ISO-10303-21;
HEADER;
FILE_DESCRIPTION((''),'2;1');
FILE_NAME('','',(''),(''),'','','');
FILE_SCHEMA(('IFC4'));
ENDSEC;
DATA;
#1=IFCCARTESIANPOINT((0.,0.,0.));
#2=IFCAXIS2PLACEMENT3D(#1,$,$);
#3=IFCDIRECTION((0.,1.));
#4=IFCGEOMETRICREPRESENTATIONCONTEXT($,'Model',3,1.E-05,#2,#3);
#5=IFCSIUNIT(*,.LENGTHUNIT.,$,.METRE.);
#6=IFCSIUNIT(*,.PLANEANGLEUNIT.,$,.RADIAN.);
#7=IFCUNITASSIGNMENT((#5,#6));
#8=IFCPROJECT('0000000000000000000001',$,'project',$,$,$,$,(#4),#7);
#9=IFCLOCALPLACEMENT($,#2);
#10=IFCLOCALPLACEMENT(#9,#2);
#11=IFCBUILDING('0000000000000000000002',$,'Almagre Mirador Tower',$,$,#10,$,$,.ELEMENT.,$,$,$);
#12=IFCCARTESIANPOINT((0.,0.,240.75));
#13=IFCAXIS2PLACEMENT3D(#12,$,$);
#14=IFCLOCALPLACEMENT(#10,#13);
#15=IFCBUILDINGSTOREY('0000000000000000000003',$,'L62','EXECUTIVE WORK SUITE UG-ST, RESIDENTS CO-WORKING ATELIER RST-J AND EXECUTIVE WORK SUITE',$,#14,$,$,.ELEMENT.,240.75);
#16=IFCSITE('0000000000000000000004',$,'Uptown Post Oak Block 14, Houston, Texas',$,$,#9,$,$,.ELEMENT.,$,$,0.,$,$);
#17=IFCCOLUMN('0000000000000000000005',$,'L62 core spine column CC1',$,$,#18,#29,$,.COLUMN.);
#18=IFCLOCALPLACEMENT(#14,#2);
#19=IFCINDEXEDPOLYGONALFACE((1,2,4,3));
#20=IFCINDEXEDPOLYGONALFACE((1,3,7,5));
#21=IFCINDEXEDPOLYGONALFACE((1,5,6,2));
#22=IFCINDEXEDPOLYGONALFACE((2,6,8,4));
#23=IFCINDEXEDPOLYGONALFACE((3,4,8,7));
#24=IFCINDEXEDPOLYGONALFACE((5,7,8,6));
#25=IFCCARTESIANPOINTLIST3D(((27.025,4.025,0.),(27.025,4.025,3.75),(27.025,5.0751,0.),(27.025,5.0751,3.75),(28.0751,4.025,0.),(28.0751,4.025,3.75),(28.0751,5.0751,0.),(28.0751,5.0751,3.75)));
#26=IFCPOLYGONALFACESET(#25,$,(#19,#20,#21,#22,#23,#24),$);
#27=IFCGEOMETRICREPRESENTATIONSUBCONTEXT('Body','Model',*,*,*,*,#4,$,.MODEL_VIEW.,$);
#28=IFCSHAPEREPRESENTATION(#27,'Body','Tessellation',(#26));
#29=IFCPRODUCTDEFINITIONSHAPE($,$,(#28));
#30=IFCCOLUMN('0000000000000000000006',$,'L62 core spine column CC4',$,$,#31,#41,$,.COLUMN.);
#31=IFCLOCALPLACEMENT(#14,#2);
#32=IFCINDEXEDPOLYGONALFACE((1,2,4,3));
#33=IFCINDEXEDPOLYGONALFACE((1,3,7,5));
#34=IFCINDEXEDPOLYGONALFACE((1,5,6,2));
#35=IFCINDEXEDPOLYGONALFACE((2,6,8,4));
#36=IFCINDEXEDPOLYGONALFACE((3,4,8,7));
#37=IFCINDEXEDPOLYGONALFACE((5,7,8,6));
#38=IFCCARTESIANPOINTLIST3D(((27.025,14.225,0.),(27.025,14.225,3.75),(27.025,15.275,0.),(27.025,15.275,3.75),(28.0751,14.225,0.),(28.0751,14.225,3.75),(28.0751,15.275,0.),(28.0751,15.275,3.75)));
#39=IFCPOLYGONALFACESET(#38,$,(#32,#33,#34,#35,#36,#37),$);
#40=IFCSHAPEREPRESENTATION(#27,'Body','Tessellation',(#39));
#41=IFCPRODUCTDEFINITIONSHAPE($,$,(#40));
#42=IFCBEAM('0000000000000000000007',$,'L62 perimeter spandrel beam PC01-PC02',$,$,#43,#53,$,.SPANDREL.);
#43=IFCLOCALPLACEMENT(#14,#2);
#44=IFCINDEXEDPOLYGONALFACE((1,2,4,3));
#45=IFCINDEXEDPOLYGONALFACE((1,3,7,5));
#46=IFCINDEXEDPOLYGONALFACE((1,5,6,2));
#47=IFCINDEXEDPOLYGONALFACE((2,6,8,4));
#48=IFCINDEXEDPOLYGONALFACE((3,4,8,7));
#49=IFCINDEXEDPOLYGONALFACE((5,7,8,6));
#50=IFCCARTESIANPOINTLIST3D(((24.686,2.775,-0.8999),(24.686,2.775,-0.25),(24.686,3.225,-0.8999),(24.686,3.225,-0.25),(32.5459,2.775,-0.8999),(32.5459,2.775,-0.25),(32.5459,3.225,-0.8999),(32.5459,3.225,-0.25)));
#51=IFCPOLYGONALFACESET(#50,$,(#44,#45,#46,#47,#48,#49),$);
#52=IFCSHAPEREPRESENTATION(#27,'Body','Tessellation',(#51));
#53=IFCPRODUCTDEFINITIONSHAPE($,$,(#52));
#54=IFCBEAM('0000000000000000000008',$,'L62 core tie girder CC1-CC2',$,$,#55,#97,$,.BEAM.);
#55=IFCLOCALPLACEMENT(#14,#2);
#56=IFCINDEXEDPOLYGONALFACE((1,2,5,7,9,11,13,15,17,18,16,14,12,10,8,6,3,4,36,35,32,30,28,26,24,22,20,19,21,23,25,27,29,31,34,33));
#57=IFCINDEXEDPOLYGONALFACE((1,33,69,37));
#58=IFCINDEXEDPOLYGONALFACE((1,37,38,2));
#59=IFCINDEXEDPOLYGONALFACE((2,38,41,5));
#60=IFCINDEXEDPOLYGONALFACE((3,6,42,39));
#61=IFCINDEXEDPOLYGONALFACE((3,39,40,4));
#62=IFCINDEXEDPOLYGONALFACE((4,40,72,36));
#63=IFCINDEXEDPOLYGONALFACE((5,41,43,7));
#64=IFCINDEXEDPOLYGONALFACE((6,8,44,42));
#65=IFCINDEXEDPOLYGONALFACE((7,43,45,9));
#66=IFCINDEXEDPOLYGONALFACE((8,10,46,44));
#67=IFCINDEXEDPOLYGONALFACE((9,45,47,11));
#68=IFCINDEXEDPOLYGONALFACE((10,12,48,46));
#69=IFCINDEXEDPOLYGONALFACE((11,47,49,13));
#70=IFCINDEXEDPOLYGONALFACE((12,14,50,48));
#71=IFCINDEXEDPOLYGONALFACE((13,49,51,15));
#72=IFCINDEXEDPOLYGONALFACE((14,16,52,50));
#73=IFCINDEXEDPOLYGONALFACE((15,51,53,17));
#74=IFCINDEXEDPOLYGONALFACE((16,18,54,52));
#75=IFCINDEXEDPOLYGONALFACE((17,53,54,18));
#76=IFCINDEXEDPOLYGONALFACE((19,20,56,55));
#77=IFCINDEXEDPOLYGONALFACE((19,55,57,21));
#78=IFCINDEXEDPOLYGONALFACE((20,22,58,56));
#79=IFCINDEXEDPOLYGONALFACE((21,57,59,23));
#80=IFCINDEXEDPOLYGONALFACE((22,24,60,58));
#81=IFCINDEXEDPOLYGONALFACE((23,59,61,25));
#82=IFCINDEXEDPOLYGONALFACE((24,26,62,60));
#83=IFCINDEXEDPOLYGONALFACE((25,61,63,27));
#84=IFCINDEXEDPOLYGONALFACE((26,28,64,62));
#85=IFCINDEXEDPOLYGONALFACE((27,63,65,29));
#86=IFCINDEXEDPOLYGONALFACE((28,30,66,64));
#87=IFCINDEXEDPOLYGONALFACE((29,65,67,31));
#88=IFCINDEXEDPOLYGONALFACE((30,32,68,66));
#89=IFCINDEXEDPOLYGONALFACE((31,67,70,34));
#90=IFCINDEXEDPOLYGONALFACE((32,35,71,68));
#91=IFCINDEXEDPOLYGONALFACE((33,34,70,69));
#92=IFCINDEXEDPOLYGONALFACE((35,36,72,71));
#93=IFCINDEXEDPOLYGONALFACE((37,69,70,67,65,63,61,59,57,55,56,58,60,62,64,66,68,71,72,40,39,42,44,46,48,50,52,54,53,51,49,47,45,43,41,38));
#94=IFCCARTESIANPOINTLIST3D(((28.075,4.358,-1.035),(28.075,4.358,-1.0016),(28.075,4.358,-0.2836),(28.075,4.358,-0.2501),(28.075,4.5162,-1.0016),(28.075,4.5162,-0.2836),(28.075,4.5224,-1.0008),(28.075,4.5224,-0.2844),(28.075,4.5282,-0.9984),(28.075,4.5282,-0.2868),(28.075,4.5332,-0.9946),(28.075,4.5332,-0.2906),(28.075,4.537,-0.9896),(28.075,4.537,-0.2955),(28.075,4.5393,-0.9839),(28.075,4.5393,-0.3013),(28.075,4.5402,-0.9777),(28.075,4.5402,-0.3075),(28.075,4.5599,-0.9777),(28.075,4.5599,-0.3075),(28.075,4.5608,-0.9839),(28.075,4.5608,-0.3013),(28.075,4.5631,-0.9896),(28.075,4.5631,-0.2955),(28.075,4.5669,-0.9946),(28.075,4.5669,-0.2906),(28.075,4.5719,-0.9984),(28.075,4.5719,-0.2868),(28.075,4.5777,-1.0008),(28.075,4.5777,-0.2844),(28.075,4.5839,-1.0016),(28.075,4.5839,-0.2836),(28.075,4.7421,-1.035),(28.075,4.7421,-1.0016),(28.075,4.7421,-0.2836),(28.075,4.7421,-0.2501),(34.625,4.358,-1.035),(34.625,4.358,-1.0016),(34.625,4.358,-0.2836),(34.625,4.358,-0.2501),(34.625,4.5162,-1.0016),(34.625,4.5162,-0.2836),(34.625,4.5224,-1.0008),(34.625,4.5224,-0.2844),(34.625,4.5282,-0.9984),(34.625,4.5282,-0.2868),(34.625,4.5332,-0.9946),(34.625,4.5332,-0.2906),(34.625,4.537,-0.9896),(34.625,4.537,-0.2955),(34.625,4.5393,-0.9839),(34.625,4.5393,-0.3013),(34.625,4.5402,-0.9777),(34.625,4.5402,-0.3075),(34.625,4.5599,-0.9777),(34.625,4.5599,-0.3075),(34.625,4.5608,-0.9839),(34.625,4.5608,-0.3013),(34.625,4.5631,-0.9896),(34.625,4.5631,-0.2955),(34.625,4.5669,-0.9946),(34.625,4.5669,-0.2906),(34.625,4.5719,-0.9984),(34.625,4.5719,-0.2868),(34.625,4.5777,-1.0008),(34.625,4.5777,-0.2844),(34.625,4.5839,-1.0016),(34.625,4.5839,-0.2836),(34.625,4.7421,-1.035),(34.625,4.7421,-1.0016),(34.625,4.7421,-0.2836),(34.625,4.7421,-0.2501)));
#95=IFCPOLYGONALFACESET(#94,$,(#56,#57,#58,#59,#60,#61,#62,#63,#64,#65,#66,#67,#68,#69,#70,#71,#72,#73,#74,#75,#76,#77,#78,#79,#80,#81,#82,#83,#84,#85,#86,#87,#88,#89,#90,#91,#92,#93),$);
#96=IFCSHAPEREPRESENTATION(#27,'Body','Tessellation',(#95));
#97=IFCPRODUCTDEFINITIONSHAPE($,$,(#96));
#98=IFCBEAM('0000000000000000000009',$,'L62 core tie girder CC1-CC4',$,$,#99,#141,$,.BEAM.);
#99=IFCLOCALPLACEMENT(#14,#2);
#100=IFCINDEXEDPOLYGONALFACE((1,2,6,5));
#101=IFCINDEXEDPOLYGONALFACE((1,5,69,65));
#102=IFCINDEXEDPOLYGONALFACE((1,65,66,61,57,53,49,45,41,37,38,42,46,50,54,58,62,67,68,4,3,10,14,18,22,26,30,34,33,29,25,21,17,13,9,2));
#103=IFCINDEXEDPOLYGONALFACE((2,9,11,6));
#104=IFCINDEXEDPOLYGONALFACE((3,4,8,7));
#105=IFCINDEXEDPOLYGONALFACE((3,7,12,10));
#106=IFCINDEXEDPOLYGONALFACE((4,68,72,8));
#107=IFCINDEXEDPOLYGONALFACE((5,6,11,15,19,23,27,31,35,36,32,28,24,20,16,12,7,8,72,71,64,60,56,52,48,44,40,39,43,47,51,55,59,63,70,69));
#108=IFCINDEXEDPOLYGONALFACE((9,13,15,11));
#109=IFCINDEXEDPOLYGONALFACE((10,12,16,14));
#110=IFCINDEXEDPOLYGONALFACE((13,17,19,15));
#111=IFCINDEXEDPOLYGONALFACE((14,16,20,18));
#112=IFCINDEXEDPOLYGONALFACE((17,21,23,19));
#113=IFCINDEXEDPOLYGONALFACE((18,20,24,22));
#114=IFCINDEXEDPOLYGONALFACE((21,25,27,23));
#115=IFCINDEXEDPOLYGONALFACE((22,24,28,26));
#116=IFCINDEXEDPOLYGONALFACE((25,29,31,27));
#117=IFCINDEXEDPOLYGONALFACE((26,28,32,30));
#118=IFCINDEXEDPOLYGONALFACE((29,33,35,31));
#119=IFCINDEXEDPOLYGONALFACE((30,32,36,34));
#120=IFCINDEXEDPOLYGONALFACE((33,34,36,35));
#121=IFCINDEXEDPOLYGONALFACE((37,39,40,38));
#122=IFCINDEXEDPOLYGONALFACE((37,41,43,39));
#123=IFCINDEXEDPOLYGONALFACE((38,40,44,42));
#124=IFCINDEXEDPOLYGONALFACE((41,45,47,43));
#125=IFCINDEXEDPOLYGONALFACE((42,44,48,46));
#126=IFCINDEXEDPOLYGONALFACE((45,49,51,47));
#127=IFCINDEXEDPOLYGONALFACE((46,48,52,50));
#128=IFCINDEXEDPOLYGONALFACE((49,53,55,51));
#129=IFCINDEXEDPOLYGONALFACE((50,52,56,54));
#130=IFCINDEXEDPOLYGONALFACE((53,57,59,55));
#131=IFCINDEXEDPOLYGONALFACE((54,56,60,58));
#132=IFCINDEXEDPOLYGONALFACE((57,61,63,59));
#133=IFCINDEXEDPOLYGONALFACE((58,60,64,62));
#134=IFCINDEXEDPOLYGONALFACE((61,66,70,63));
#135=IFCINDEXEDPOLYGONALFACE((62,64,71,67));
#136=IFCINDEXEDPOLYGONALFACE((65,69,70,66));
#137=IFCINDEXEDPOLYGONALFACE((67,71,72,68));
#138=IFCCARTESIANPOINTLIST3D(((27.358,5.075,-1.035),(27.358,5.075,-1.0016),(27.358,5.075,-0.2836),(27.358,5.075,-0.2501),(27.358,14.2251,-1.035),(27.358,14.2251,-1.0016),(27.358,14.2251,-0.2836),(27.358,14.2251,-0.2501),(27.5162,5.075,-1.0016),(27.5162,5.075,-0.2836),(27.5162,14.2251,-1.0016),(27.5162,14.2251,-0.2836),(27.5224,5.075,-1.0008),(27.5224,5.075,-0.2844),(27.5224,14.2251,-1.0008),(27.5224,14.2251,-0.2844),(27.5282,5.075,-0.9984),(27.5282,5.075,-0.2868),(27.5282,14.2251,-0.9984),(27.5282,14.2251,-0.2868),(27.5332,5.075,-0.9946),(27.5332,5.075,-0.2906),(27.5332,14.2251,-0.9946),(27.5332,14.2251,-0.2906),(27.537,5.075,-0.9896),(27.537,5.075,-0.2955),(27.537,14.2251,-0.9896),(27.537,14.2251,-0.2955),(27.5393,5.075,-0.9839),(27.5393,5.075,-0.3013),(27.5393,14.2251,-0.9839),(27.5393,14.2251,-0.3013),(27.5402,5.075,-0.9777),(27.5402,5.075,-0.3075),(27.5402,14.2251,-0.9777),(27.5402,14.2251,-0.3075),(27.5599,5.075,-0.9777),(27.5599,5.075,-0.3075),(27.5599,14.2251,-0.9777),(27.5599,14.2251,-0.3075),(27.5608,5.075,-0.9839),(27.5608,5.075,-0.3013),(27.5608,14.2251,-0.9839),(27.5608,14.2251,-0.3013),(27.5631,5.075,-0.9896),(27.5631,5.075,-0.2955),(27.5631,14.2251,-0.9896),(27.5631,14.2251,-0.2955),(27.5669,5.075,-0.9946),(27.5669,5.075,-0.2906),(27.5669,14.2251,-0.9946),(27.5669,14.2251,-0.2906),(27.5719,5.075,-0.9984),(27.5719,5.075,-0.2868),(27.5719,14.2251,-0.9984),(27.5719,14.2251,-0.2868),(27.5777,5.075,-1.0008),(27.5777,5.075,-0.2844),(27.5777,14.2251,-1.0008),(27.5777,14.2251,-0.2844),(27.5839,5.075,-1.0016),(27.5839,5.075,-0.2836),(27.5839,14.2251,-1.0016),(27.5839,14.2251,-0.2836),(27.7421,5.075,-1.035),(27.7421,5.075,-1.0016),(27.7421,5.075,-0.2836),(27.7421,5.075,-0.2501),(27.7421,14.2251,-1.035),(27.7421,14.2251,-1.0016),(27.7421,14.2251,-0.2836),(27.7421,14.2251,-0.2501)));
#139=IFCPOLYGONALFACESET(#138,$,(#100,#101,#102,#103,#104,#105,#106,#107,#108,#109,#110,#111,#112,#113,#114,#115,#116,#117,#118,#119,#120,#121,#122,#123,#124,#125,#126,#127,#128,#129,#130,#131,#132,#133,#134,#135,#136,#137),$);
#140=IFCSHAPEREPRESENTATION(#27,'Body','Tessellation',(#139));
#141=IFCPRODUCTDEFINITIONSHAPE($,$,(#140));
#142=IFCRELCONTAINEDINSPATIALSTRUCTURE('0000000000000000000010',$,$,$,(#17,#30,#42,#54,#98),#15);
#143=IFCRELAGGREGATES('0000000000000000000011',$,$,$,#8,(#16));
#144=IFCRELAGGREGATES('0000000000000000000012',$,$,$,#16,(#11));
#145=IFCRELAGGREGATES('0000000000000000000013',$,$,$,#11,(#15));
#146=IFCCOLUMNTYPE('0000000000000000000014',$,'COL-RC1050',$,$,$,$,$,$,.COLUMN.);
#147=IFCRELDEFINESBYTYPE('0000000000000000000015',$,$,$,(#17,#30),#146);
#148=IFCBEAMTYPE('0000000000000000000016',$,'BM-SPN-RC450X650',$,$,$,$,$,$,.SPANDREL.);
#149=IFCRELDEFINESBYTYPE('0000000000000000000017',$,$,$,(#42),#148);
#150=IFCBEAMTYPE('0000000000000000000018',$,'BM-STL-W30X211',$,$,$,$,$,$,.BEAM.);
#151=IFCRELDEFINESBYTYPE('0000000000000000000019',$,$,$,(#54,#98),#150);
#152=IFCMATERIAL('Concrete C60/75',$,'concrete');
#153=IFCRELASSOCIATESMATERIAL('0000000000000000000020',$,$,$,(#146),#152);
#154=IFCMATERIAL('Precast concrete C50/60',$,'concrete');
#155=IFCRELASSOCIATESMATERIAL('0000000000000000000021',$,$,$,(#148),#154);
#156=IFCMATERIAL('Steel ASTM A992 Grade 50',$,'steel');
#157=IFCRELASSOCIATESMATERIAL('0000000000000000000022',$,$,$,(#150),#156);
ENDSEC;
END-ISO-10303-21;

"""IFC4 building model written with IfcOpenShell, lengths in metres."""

from ifc_helpers import new_model, si_unit, direction, frame, origin, origin_2d, place, context, subcontext, project, spatial, rectangle, i_section, extrude, material, material_profile, profile_set, type_object, element, save


model = new_model("IFC4")

# Units and contexts
model_context = context("Model", 3, precision=1e-05, world=origin(), true_north=direction((0.0, 1.0)))
body_context = subcontext(model_context, "Body", "Model", "MODEL_VIEW")
ifc_project = project(units=[si_unit("LENGTHUNIT", "METRE"), si_unit("PLANEANGLEUNIT", "RADIAN")], contexts=[model_context])

# Site, building, storey
site_placement = place(None, origin())
site = spatial("IfcSite", under=ifc_project, at=site_placement, Name="Uptown Post Oak Block 14, Houston, Texas", CompositionType="ELEMENT", RefElevation=0.0)
building_placement = place(site_placement, origin())
building = spatial("IfcBuilding", under=site, at=building_placement, Name="Almagre Mirador Tower", CompositionType="ELEMENT")
storey_placement = place(building_placement, frame((0.0, 0.0, 240.75)))
storey = spatial("IfcBuildingStorey", under=building, at=storey_placement, Name="L62", Description="EXECUTIVE WORK SUITE UG-ST, RESIDENTS CO-WORKING ATELIER RST-J AND EXECUTIVE WORK SUITE", CompositionType="ELEMENT", Elevation=240.75)

# Columns
ifc_material_1 = material(Name="Concrete C60/75", Category="concrete")
ifc_material_profile_1 = material_profile(ifc_material_1, rectangle(XDim=1.05, YDim=1.05, at=origin_2d()), Name="RC1050X1050")
ifc_profile_set_1 = profile_set([ifc_material_profile_1], Name="Concrete C60/75")
column_type = type_object("IfcColumnType", Name="COL-RC1050", PredefinedType="COLUMN", material=ifc_profile_set_1)
for number, where, z_axis, x_axis, name in (
    (1, (27.55, 4.55, 0.0), (0.0, 0.0, 1.0), (1.0, 0.0, 0.0), "L62 core spine column CC1"),
    (2, (27.55, 14.75, 0.0), (0.0, 0.0, 1.0), (1.0, 0.0, 0.0), "L62 core spine column CC4"),
):
    element("IfcColumn", number, at=place(storey_placement, frame(where, z_axis=z_axis, x_axis=x_axis)), inside=storey, type_object=column_type, Name=name, PredefinedType="COLUMN", context=body_context, shape_type="SweptSolid", body=[
        extrude(rectangle(XDim=1.05, YDim=1.05, at=origin_2d()), origin(), (0.0, 0.0, 1.0), 3.75),
    ])

# Beams
ifc_material_2 = material(Name="Precast concrete C50/60", Category="concrete")
ifc_material_profile_2 = material_profile(ifc_material_2, rectangle(XDim=0.45, YDim=0.6499, at=origin_2d()), Name="RC450X650")
ifc_profile_set_2 = profile_set([ifc_material_profile_2], Name="Precast concrete C50/60")
beam_type_1 = type_object("IfcBeamType", Name="BM-SPN-RC450X650", PredefinedType="SPANDREL", material=ifc_profile_set_2)
beam_1_placement = place(storey_placement, frame((24.686, 3.0, -0.575), z_axis=(1.0, 0.0, 0.0), x_axis=(0.0, 1.0, 0.0)))
element("IfcBeam", 3, at=beam_1_placement, inside=storey, type_object=beam_type_1, Name="L62 perimeter spandrel beam PC01-PC02", PredefinedType="SPANDREL", context=body_context, shape_type="SweptSolid", body=[
    extrude(rectangle(XDim=0.45, YDim=0.6499, at=origin_2d()), origin(), (0.0, 0.0, 1.0), 7.8599),
])
ifc_material_3 = material(Name="Steel ASTM A992 Grade 50", Category="steel")
ifc_material_profile_3 = material_profile(ifc_material_3, i_section(OverallWidth=0.384, OverallDepth=0.7849, WebThickness=0.0198, FlangeThickness=0.0334, FilletRadius=0.0239, at=origin_2d()), Name="W30X211")
ifc_profile_set_3 = profile_set([ifc_material_profile_3], Name="Steel ASTM A992 Grade 50")
beam_type_2 = type_object("IfcBeamType", Name="BM-STL-W30X211", PredefinedType="BEAM", material=ifc_profile_set_3)
beam_2_placement = place(storey_placement, frame((28.075, 4.55, -0.6426), z_axis=(1.0, 0.0, 0.0), x_axis=(0.0, 1.0, 0.0)))
element("IfcBeam", 4, at=beam_2_placement, inside=storey, type_object=beam_type_2, Name="L62 core tie girder CC1-CC2", PredefinedType="BEAM", context=body_context, shape_type="SweptSolid", body=[
    extrude(i_section(OverallWidth=0.384, OverallDepth=0.7849, WebThickness=0.0198, FlangeThickness=0.0334, FilletRadius=0.0239, at=origin_2d()), origin(), (0.0, 0.0, 1.0), 6.55),
])
beam_3_placement = place(storey_placement, frame((27.55, 5.075, -0.6426), z_axis=(0.0, 1.0, 0.0), x_axis=(-1.0, 0.0, 0.0)))
element("IfcBeam", 5, at=beam_3_placement, inside=storey, type_object=beam_type_2, Name="L62 core tie girder CC1-CC4", PredefinedType="BEAM", context=body_context, shape_type="SweptSolid", body=[
    extrude(i_section(OverallWidth=0.384, OverallDepth=0.7849, WebThickness=0.0198, FlangeThickness=0.0334, FilletRadius=0.0239, at=origin_2d()), origin(), (0.0, 0.0, 1.0), 9.1501),
])

save(model, "model.ifc")
